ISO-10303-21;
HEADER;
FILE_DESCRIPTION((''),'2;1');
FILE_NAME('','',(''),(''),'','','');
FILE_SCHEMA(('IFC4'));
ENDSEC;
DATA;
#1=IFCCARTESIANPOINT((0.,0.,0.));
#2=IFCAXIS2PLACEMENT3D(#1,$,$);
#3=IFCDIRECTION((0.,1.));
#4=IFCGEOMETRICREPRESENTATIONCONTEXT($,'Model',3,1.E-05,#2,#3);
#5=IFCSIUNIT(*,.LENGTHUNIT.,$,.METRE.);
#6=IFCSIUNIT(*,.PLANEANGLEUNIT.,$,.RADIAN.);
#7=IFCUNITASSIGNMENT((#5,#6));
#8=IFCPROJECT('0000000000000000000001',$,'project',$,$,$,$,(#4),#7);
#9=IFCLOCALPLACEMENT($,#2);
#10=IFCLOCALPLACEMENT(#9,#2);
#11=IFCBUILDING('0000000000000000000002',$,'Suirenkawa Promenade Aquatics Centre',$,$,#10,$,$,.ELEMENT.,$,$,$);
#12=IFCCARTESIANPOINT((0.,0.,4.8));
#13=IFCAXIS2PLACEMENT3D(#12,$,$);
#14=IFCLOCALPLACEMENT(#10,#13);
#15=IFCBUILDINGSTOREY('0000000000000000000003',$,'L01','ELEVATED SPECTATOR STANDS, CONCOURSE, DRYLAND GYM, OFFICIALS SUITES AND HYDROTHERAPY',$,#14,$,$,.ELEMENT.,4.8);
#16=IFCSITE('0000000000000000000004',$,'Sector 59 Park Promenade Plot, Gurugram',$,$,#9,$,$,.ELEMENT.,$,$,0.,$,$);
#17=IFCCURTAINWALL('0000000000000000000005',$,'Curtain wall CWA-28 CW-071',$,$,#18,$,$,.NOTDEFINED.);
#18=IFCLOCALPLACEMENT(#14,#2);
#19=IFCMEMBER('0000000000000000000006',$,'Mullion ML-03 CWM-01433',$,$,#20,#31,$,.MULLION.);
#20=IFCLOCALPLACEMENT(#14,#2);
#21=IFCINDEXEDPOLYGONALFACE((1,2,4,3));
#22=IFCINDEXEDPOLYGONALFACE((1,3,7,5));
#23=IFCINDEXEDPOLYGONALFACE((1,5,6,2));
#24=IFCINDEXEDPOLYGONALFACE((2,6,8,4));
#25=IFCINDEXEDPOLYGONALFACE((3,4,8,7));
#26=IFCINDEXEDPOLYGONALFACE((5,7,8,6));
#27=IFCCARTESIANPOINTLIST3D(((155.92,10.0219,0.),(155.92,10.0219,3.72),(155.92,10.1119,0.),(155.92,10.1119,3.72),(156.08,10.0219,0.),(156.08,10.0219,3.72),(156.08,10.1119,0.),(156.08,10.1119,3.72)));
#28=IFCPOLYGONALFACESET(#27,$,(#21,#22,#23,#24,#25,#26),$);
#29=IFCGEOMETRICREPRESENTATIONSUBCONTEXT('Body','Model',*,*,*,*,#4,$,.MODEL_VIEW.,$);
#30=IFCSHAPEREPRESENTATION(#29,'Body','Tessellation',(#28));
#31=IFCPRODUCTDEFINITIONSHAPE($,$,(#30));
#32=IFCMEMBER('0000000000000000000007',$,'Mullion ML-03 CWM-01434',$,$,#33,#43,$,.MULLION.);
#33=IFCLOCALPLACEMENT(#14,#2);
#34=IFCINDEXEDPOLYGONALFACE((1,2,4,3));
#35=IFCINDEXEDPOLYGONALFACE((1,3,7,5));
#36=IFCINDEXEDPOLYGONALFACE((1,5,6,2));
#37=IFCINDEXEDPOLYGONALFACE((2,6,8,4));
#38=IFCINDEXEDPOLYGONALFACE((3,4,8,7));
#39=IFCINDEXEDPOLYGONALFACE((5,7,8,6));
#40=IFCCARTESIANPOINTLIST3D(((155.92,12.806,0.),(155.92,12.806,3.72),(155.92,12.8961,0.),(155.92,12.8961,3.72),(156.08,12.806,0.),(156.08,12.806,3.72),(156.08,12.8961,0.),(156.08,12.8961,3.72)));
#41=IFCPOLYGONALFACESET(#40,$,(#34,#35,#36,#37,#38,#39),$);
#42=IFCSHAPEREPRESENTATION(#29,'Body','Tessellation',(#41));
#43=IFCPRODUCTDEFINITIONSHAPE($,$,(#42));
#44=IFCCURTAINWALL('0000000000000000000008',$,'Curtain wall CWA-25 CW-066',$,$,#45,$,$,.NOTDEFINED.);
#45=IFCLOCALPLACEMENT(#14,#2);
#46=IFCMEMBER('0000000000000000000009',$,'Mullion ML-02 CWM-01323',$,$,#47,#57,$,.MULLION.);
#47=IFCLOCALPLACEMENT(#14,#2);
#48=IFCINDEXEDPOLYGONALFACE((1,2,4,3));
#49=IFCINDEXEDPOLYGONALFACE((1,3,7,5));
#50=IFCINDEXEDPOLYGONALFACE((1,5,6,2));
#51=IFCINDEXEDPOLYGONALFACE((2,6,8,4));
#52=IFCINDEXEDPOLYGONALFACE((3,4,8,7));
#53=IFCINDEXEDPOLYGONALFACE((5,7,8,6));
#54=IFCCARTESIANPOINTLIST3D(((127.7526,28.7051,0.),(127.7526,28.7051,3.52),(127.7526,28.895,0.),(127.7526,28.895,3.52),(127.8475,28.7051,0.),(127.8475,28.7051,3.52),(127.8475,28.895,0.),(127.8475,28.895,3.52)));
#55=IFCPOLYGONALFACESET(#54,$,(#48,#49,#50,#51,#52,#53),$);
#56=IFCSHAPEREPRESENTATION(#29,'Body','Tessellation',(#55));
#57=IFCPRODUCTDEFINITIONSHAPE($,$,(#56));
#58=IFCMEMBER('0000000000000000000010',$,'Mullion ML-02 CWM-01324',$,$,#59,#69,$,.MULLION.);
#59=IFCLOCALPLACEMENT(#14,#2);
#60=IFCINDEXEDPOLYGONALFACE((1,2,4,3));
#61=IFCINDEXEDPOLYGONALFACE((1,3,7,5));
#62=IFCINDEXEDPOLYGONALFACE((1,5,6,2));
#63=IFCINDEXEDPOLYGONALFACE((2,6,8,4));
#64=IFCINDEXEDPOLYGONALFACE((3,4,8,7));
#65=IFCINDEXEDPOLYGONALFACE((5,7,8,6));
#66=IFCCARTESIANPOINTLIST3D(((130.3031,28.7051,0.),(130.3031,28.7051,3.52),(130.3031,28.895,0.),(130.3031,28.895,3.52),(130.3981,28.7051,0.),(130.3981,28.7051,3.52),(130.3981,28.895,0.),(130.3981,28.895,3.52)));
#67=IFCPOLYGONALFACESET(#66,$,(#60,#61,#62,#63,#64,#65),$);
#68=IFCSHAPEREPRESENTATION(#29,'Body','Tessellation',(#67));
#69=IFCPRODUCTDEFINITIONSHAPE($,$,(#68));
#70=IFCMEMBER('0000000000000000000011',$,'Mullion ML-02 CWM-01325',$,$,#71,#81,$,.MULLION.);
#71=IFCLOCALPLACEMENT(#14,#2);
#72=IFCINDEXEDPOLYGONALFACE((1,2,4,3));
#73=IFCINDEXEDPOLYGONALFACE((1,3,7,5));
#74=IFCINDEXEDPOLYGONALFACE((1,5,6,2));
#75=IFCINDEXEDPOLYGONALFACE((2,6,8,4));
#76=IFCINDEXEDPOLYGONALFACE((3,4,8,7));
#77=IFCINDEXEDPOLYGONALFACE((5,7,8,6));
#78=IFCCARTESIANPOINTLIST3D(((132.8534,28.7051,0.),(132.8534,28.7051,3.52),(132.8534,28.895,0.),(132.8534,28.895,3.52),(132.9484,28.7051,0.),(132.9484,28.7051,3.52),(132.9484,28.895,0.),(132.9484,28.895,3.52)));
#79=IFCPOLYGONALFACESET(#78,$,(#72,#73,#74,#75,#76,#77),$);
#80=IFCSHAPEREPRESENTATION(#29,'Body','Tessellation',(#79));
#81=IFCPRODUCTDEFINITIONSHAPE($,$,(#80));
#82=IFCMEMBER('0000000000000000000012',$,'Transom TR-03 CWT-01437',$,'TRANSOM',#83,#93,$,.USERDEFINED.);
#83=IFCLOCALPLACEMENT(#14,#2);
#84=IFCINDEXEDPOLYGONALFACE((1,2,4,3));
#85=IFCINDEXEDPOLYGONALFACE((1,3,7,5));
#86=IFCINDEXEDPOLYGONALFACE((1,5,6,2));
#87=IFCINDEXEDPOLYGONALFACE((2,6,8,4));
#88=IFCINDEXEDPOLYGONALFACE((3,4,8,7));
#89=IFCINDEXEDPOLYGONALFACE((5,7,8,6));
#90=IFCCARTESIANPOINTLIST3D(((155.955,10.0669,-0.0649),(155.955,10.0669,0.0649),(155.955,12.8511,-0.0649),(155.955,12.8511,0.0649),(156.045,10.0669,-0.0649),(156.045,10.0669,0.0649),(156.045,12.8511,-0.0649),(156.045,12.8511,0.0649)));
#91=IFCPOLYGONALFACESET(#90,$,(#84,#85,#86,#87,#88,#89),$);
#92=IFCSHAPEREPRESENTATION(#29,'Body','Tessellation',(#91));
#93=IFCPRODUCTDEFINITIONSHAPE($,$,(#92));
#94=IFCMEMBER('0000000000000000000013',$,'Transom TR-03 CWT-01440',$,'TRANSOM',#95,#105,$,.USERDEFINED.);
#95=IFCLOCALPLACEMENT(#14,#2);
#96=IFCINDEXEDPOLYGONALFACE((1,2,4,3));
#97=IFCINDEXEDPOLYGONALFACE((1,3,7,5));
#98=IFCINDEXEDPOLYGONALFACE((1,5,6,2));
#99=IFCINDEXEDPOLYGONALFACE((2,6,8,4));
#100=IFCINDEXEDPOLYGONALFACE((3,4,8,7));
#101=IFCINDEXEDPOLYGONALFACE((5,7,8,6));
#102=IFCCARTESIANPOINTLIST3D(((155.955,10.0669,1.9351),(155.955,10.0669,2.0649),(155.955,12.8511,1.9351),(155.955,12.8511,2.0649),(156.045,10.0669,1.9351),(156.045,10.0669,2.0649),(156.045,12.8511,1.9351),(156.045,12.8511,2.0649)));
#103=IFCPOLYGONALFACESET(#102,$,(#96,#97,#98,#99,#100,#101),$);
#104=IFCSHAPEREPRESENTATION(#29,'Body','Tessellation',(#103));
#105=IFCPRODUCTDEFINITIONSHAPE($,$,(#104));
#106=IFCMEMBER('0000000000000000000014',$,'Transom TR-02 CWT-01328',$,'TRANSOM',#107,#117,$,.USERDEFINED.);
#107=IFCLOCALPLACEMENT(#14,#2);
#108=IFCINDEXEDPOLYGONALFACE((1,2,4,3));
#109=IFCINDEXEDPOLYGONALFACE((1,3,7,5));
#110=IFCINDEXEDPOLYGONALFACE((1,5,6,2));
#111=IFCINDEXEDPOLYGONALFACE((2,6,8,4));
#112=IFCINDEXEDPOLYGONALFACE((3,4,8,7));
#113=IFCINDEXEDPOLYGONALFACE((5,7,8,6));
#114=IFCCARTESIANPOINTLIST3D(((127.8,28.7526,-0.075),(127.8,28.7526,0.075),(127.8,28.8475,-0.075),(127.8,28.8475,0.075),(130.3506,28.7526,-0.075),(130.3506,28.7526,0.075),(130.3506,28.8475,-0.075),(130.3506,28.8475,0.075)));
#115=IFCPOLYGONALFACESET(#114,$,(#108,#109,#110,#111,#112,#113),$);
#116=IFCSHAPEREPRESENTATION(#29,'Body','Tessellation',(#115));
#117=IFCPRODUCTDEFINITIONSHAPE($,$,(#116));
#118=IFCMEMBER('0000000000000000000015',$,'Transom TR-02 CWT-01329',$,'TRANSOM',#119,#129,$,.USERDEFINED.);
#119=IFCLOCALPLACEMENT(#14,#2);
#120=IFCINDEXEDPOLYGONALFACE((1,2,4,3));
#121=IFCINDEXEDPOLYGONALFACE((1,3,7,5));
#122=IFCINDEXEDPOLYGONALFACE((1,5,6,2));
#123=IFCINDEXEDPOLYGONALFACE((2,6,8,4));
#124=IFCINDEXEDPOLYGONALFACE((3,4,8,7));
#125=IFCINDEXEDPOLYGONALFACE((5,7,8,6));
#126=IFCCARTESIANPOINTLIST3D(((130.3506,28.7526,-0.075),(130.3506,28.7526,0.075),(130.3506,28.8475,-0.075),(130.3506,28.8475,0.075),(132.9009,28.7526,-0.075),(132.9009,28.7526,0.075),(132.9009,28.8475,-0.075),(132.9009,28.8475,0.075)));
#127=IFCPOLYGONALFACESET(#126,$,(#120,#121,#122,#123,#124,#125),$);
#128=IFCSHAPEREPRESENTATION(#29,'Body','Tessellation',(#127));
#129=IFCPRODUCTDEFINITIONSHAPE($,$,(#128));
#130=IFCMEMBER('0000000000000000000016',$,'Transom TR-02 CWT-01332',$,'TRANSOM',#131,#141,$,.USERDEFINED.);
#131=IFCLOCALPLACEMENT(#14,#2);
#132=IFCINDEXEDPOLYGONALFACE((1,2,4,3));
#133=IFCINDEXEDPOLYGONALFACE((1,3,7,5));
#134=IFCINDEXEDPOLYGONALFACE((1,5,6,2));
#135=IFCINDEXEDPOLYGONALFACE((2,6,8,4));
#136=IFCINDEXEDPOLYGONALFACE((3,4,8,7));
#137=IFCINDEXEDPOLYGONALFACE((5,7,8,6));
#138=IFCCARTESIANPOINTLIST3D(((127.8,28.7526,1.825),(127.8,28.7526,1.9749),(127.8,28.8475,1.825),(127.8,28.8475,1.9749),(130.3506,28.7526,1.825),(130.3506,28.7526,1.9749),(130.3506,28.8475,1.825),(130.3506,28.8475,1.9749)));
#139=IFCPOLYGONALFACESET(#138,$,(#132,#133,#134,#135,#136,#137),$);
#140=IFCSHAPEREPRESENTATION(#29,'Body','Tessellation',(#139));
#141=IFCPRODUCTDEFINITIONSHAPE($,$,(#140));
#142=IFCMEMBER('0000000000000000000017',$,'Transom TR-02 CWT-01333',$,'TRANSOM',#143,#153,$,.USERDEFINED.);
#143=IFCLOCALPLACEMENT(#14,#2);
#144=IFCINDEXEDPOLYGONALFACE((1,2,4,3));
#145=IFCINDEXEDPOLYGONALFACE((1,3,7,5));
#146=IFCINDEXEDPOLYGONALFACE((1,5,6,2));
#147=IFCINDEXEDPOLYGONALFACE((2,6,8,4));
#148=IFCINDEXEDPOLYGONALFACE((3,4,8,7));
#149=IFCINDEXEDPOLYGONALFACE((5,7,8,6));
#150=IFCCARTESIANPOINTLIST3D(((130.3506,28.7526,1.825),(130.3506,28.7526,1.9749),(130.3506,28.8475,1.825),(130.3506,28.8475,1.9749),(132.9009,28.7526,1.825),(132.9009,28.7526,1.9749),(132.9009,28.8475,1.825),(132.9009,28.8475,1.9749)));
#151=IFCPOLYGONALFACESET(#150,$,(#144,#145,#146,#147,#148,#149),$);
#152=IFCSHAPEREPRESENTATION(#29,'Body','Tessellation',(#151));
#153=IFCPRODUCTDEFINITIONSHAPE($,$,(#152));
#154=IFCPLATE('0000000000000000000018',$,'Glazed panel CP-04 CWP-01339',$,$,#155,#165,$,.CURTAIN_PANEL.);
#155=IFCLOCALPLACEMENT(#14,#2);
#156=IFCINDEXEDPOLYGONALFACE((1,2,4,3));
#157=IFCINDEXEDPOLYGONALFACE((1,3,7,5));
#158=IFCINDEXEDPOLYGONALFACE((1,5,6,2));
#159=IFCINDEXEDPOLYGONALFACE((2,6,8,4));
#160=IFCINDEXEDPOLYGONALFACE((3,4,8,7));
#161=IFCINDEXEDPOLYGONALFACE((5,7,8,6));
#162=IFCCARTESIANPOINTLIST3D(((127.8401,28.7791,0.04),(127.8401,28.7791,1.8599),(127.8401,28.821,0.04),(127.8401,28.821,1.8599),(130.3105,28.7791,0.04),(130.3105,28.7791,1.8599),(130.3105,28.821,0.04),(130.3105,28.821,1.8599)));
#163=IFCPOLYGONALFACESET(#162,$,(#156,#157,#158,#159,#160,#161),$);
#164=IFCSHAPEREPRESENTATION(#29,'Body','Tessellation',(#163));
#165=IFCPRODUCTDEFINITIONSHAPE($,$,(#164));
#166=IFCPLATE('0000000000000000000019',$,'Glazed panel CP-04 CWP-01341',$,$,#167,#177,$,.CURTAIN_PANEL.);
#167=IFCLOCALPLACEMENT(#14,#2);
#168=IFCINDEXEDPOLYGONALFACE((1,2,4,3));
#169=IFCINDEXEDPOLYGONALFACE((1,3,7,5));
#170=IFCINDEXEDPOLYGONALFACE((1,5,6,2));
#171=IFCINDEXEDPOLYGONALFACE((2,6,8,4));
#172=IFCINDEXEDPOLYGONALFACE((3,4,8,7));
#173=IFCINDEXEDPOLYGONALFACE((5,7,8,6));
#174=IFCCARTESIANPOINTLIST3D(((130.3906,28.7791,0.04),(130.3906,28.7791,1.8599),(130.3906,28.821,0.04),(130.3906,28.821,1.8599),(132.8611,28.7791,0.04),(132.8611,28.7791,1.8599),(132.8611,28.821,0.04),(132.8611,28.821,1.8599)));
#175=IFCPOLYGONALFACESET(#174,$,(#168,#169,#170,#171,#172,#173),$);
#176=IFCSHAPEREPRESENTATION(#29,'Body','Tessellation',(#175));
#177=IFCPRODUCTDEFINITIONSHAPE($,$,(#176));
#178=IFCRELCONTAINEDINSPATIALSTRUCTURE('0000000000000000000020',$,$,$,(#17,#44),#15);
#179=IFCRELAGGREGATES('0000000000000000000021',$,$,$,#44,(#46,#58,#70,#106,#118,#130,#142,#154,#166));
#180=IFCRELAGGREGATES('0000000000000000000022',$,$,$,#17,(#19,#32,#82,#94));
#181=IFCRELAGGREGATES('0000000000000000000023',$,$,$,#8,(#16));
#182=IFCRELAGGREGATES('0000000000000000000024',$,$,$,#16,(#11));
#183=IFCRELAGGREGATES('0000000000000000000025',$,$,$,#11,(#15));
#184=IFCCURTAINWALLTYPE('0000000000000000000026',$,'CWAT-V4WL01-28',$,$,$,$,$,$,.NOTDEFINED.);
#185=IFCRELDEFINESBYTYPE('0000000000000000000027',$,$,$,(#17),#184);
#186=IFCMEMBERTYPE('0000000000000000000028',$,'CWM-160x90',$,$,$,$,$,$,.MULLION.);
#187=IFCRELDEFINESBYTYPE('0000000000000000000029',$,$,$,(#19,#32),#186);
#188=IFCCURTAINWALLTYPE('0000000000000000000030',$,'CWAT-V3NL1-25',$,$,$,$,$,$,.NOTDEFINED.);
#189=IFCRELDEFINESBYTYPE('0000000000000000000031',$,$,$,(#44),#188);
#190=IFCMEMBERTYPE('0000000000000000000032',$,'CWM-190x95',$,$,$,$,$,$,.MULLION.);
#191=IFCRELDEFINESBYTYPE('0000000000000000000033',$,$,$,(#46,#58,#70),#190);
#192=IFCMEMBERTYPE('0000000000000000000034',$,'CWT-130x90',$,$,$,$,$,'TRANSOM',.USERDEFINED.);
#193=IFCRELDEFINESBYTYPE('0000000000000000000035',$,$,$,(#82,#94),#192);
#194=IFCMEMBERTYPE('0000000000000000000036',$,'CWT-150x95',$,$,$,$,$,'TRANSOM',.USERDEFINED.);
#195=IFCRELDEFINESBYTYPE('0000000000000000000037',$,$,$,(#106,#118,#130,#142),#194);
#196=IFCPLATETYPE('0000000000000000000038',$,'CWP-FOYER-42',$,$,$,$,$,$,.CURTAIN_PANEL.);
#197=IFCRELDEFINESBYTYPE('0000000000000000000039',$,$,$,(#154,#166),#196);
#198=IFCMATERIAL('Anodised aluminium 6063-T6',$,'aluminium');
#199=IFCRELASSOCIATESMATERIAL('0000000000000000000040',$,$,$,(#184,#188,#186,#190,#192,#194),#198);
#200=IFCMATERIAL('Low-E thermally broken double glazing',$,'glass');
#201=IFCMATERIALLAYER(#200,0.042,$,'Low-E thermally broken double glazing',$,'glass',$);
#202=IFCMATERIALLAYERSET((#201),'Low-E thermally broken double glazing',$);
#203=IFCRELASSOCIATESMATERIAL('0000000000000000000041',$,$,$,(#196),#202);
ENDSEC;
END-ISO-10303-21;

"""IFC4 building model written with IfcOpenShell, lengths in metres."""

from ifc_helpers import new_model, si_unit, direction, frame, origin, origin_2d, place, context, subcontext, project, spatial, polyline, rectangle, outline, extrude, material, layer, layer_set, material_profile, profile_set, type_object, element, aggregate, save


model = new_model("IFC4")

# Units and contexts
model_context = context("Model", 3, precision=1e-05, world=origin(), true_north=direction((0.0, 1.0)))
body_context = subcontext(model_context, "Body", "Model", "MODEL_VIEW")
ifc_project = project(units=[si_unit("LENGTHUNIT", "METRE"), si_unit("PLANEANGLEUNIT", "RADIAN")], contexts=[model_context])

# Site, building, storey
site_placement = place(None, origin())
site = spatial("IfcSite", under=ifc_project, at=site_placement, Name="Sector 59 Park Promenade Plot, Gurugram", CompositionType="ELEMENT", RefElevation=0.0)
building_placement = place(site_placement, origin())
building = spatial("IfcBuilding", under=site, at=building_placement, Name="Suirenkawa Promenade Aquatics Centre", CompositionType="ELEMENT")
storey_placement = place(building_placement, frame((0.0, 0.0, 4.8)))
storey = spatial("IfcBuildingStorey", under=building, at=storey_placement, Name="L01", Description="ELEVATED SPECTATOR STANDS, CONCOURSE, DRYLAND GYM, OFFICIALS SUITES AND HYDROTHERAPY", CompositionType="ELEMENT", Elevation=4.8)

# Curtain walls, members
ifc_material_1 = material(Name="Anodised aluminium 6063-T6", Category="aluminium")
curtain_wall_type_1 = type_object("IfcCurtainWallType", Name="CWAT-V4WL01-28", PredefinedType="NOTDEFINED", material=ifc_material_1)
curtain_wall_1_placement = place(storey_placement, origin())
curtain_wall_1 = element("IfcCurtainWall", 1, at=curtain_wall_1_placement, inside=storey, type_object=curtain_wall_type_1, Name="Curtain wall CWA-28 CW-071", PredefinedType="NOTDEFINED")
ifc_material_profile_1 = material_profile(ifc_material_1, rectangle(XDim=0.0901, YDim=0.1599, at=origin_2d()), Name="ALU MULL 90x160", Category="aluminium")
ifc_profile_set_1 = profile_set([ifc_material_profile_1], Name="Anodised aluminium 6063-T6")
member_type_1 = type_object("IfcMemberType", Name="CWM-160x90", PredefinedType="MULLION", material=ifc_profile_set_1)
member_1_placement = place(storey_placement, frame((156.0, 10.0669, 0.0), z_axis=(0.0, 0.0, 1.0), x_axis=(0.0, 1.0, 0.0)))
member_1 = element("IfcMember", 2, at=member_1_placement, type_object=member_type_1, Name="Mullion ML-03 CWM-01433", PredefinedType="MULLION", context=body_context, shape_type="SweptSolid", body=[
    extrude(rectangle(XDim=0.0901, YDim=0.1599, at=origin_2d()), origin(), (0.0, 0.0, 1.0), 3.72),
])
member_2_placement = place(storey_placement, frame((156.0, 12.8511, 0.0), z_axis=(0.0, 0.0, 1.0), x_axis=(0.0, 1.0, 0.0)))
member_2 = element("IfcMember", 3, at=member_2_placement, type_object=member_type_1, Name="Mullion ML-03 CWM-01434", PredefinedType="MULLION", context=body_context, shape_type="SweptSolid", body=[
    extrude(rectangle(XDim=0.0901, YDim=0.1599, at=origin_2d()), origin(), (0.0, 0.0, 1.0), 3.72),
])
curtain_wall_type_2 = type_object("IfcCurtainWallType", Name="CWAT-V3NL1-25", PredefinedType="NOTDEFINED", material=ifc_material_1)
curtain_wall_2_placement = place(storey_placement, origin())
curtain_wall_2 = element("IfcCurtainWall", 4, at=curtain_wall_2_placement, inside=storey, type_object=curtain_wall_type_2, Name="Curtain wall CWA-25 CW-066", PredefinedType="NOTDEFINED")
ifc_material_profile_2 = material_profile(ifc_material_1, rectangle(XDim=0.095, YDim=0.1899, at=origin_2d()), Name="ALU MULL 95x190", Category="aluminium")
ifc_profile_set_2 = profile_set([ifc_material_profile_2], Name="Anodised aluminium 6063-T6")
member_type_2 = type_object("IfcMemberType", Name="CWM-190x95", PredefinedType="MULLION", material=ifc_profile_set_2)
member_3_placement = place(storey_placement, frame((127.8, 28.8, 0.0), z_axis=(0.0, 0.0, 1.0), x_axis=(1.0, 0.0, 0.0)))
member_3 = element("IfcMember", 5, at=member_3_placement, type_object=member_type_2, Name="Mullion ML-02 CWM-01323", PredefinedType="MULLION", context=body_context, shape_type="SweptSolid", body=[
    extrude(rectangle(XDim=0.095, YDim=0.1899, at=origin_2d()), origin(), (0.0, 0.0, 1.0), 3.52),
])
member_4_placement = place(storey_placement, frame((130.3506, 28.8, 0.0), z_axis=(0.0, 0.0, 1.0), x_axis=(1.0, 0.0, 0.0)))
member_4 = element("IfcMember", 6, at=member_4_placement, type_object=member_type_2, Name="Mullion ML-02 CWM-01324", PredefinedType="MULLION", context=body_context, shape_type="SweptSolid", body=[
    extrude(rectangle(XDim=0.095, YDim=0.1899, at=origin_2d()), origin(), (0.0, 0.0, 1.0), 3.52),
])
member_5_placement = place(storey_placement, frame((132.9009, 28.8, 0.0), z_axis=(0.0, 0.0, 1.0), x_axis=(1.0, 0.0, 0.0)))
member_5 = element("IfcMember", 7, at=member_5_placement, type_object=member_type_2, Name="Mullion ML-02 CWM-01325", PredefinedType="MULLION", context=body_context, shape_type="SweptSolid", body=[
    extrude(rectangle(XDim=0.095, YDim=0.1899, at=origin_2d()), origin(), (0.0, 0.0, 1.0), 3.52),
])

# Members
ifc_material_profile_3 = material_profile(ifc_material_1, rectangle(XDim=0.0901, YDim=0.1299, at=origin_2d()), Name="ALU TRAN 90x130", Category="aluminium")
ifc_profile_set_3 = profile_set([ifc_material_profile_3], Name="Anodised aluminium 6063-T6")
member_type_3 = type_object("IfcMemberType", Name="CWT-130x90", ElementType="TRANSOM", PredefinedType="USERDEFINED", material=ifc_profile_set_3)
member_6_placement = place(storey_placement, frame((156.0, 10.0669, 0.0), z_axis=(0.0, 1.0, 0.0), x_axis=(-1.0, 0.0, 0.0)))
member_6 = element("IfcMember", 8, at=member_6_placement, type_object=member_type_3, Name="Transom TR-03 CWT-01437", ObjectType="TRANSOM", PredefinedType="USERDEFINED", context=body_context, shape_type="SweptSolid", body=[
    extrude(rectangle(XDim=0.0901, YDim=0.1299, at=origin_2d()), origin(), (0.0, 0.0, 1.0), 2.7842),
])
member_7_placement = place(storey_placement, frame((156.0, 10.0669, 2.0), z_axis=(0.0, 1.0, 0.0), x_axis=(-1.0, 0.0, 0.0)))
member_7 = element("IfcMember", 9, at=member_7_placement, type_object=member_type_3, Name="Transom TR-03 CWT-01440", ObjectType="TRANSOM", PredefinedType="USERDEFINED", context=body_context, shape_type="SweptSolid", body=[
    extrude(rectangle(XDim=0.0901, YDim=0.1299, at=origin_2d()), origin(), (0.0, 0.0, 1.0), 2.7842),
])
ifc_material_profile_4 = material_profile(ifc_material_1, rectangle(XDim=0.095, YDim=0.1499, at=origin_2d()), Name="ALU TRAN 95x150", Category="aluminium")
ifc_profile_set_4 = profile_set([ifc_material_profile_4], Name="Anodised aluminium 6063-T6")
member_type_4 = type_object("IfcMemberType", Name="CWT-150x95", ElementType="TRANSOM", PredefinedType="USERDEFINED", material=ifc_profile_set_4)
member_8_placement = place(storey_placement, frame((127.8, 28.8, 0.0), z_axis=(1.0, 0.0, 0.0), x_axis=(0.0, 1.0, 0.0)))
member_8 = element("IfcMember", 10, at=member_8_placement, type_object=member_type_4, Name="Transom TR-02 CWT-01328", ObjectType="TRANSOM", PredefinedType="USERDEFINED", context=body_context, shape_type="SweptSolid", body=[
    extrude(rectangle(XDim=0.095, YDim=0.1499, at=origin_2d()), origin(), (0.0, 0.0, 1.0), 2.5505),
])
member_9_placement = place(storey_placement, frame((130.3506, 28.8, 0.0), z_axis=(1.0, 0.0, 0.0), x_axis=(0.0, 1.0, 0.0)))
member_9 = element("IfcMember", 11, at=member_9_placement, type_object=member_type_4, Name="Transom TR-02 CWT-01329", ObjectType="TRANSOM", PredefinedType="USERDEFINED", context=body_context, shape_type="SweptSolid", body=[
    extrude(rectangle(XDim=0.095, YDim=0.1499, at=origin_2d()), origin(), (0.0, 0.0, 1.0), 2.5503),
])
member_10_placement = place(storey_placement, frame((127.8, 28.8, 1.8999), z_axis=(1.0, 0.0, 0.0), x_axis=(0.0, 1.0, 0.0)))
member_10 = element("IfcMember", 12, at=member_10_placement, type_object=member_type_4, Name="Transom TR-02 CWT-01332", ObjectType="TRANSOM", PredefinedType="USERDEFINED", context=body_context, shape_type="SweptSolid", body=[
    extrude(rectangle(XDim=0.095, YDim=0.1499, at=origin_2d()), origin(), (0.0, 0.0, 1.0), 2.5505),
])
member_11_placement = place(storey_placement, frame((130.3506, 28.8, 1.8999), z_axis=(1.0, 0.0, 0.0), x_axis=(0.0, 1.0, 0.0)))
member_11 = element("IfcMember", 13, at=member_11_placement, type_object=member_type_4, Name="Transom TR-02 CWT-01333", ObjectType="TRANSOM", PredefinedType="USERDEFINED", context=body_context, shape_type="SweptSolid", body=[
    extrude(rectangle(XDim=0.095, YDim=0.1499, at=origin_2d()), origin(), (0.0, 0.0, 1.0), 2.5503),
])

# Plates
ifc_material_2 = material(Name="Low-E thermally broken double glazing", Category="glass")
ifc_layer_1 = layer(ifc_material_2, 0.042, Name="Low-E thermally broken double glazing", Category="glass")
ifc_layer_set_1 = layer_set([ifc_layer_1], Name="Low-E thermally broken double glazing")
plate_type_1 = type_object("IfcPlateType", Name="CWP-FOYER-42", PredefinedType="CURTAIN_PANEL", material=ifc_layer_set_1)
plate_1_placement = place(storey_placement, frame((127.8, 28.8, 0.04), z_axis=(0.0, 0.0, 1.0), x_axis=(1.0, 0.0, 0.0)))
plate_1 = element("IfcPlate", 14, at=plate_1_placement, type_object=plate_type_1, Name="Glazed panel CP-04 CWP-01339", PredefinedType="CURTAIN_PANEL", context=body_context, shape_type="SweptSolid", body=[
    extrude(outline(polyline([(0.04, 0.0), (2.5105, 0.0), (2.5105, 1.8198), (0.04, 1.8198), (0.04, 0.0)])), frame((0.0, 0.021, 0.0), z_axis=(0.0, -1.0, 0.0), x_axis=(1.0, 0.0, 0.0)), (0.0, 0.0, 1.0), 0.042),
])
plate_2_placement = place(storey_placement, frame((130.3506, 28.8, 0.04), z_axis=(0.0, 0.0, 1.0), x_axis=(1.0, 0.0, 0.0)))
plate_2 = element("IfcPlate", 15, at=plate_2_placement, type_object=plate_type_1, Name="Glazed panel CP-04 CWP-01341", PredefinedType="CURTAIN_PANEL", context=body_context, shape_type="SweptSolid", body=[
    extrude(outline(polyline([(0.04, 0.0), (2.5105, 0.0), (2.5105, 1.8198), (0.04, 1.8198), (0.04, 0.0)])), frame((0.0, 0.021, 0.0), z_axis=(0.0, -1.0, 0.0), x_axis=(1.0, 0.0, 0.0)), (0.0, 0.0, 1.0), 0.042),
])
aggregate(curtain_wall_2, [member_3, member_4, member_5, member_8, member_9, member_10, member_11, plate_1, plate_2])
aggregate(curtain_wall_1, [member_1, member_2, member_6, member_7])

save(model, "model.ifc")
